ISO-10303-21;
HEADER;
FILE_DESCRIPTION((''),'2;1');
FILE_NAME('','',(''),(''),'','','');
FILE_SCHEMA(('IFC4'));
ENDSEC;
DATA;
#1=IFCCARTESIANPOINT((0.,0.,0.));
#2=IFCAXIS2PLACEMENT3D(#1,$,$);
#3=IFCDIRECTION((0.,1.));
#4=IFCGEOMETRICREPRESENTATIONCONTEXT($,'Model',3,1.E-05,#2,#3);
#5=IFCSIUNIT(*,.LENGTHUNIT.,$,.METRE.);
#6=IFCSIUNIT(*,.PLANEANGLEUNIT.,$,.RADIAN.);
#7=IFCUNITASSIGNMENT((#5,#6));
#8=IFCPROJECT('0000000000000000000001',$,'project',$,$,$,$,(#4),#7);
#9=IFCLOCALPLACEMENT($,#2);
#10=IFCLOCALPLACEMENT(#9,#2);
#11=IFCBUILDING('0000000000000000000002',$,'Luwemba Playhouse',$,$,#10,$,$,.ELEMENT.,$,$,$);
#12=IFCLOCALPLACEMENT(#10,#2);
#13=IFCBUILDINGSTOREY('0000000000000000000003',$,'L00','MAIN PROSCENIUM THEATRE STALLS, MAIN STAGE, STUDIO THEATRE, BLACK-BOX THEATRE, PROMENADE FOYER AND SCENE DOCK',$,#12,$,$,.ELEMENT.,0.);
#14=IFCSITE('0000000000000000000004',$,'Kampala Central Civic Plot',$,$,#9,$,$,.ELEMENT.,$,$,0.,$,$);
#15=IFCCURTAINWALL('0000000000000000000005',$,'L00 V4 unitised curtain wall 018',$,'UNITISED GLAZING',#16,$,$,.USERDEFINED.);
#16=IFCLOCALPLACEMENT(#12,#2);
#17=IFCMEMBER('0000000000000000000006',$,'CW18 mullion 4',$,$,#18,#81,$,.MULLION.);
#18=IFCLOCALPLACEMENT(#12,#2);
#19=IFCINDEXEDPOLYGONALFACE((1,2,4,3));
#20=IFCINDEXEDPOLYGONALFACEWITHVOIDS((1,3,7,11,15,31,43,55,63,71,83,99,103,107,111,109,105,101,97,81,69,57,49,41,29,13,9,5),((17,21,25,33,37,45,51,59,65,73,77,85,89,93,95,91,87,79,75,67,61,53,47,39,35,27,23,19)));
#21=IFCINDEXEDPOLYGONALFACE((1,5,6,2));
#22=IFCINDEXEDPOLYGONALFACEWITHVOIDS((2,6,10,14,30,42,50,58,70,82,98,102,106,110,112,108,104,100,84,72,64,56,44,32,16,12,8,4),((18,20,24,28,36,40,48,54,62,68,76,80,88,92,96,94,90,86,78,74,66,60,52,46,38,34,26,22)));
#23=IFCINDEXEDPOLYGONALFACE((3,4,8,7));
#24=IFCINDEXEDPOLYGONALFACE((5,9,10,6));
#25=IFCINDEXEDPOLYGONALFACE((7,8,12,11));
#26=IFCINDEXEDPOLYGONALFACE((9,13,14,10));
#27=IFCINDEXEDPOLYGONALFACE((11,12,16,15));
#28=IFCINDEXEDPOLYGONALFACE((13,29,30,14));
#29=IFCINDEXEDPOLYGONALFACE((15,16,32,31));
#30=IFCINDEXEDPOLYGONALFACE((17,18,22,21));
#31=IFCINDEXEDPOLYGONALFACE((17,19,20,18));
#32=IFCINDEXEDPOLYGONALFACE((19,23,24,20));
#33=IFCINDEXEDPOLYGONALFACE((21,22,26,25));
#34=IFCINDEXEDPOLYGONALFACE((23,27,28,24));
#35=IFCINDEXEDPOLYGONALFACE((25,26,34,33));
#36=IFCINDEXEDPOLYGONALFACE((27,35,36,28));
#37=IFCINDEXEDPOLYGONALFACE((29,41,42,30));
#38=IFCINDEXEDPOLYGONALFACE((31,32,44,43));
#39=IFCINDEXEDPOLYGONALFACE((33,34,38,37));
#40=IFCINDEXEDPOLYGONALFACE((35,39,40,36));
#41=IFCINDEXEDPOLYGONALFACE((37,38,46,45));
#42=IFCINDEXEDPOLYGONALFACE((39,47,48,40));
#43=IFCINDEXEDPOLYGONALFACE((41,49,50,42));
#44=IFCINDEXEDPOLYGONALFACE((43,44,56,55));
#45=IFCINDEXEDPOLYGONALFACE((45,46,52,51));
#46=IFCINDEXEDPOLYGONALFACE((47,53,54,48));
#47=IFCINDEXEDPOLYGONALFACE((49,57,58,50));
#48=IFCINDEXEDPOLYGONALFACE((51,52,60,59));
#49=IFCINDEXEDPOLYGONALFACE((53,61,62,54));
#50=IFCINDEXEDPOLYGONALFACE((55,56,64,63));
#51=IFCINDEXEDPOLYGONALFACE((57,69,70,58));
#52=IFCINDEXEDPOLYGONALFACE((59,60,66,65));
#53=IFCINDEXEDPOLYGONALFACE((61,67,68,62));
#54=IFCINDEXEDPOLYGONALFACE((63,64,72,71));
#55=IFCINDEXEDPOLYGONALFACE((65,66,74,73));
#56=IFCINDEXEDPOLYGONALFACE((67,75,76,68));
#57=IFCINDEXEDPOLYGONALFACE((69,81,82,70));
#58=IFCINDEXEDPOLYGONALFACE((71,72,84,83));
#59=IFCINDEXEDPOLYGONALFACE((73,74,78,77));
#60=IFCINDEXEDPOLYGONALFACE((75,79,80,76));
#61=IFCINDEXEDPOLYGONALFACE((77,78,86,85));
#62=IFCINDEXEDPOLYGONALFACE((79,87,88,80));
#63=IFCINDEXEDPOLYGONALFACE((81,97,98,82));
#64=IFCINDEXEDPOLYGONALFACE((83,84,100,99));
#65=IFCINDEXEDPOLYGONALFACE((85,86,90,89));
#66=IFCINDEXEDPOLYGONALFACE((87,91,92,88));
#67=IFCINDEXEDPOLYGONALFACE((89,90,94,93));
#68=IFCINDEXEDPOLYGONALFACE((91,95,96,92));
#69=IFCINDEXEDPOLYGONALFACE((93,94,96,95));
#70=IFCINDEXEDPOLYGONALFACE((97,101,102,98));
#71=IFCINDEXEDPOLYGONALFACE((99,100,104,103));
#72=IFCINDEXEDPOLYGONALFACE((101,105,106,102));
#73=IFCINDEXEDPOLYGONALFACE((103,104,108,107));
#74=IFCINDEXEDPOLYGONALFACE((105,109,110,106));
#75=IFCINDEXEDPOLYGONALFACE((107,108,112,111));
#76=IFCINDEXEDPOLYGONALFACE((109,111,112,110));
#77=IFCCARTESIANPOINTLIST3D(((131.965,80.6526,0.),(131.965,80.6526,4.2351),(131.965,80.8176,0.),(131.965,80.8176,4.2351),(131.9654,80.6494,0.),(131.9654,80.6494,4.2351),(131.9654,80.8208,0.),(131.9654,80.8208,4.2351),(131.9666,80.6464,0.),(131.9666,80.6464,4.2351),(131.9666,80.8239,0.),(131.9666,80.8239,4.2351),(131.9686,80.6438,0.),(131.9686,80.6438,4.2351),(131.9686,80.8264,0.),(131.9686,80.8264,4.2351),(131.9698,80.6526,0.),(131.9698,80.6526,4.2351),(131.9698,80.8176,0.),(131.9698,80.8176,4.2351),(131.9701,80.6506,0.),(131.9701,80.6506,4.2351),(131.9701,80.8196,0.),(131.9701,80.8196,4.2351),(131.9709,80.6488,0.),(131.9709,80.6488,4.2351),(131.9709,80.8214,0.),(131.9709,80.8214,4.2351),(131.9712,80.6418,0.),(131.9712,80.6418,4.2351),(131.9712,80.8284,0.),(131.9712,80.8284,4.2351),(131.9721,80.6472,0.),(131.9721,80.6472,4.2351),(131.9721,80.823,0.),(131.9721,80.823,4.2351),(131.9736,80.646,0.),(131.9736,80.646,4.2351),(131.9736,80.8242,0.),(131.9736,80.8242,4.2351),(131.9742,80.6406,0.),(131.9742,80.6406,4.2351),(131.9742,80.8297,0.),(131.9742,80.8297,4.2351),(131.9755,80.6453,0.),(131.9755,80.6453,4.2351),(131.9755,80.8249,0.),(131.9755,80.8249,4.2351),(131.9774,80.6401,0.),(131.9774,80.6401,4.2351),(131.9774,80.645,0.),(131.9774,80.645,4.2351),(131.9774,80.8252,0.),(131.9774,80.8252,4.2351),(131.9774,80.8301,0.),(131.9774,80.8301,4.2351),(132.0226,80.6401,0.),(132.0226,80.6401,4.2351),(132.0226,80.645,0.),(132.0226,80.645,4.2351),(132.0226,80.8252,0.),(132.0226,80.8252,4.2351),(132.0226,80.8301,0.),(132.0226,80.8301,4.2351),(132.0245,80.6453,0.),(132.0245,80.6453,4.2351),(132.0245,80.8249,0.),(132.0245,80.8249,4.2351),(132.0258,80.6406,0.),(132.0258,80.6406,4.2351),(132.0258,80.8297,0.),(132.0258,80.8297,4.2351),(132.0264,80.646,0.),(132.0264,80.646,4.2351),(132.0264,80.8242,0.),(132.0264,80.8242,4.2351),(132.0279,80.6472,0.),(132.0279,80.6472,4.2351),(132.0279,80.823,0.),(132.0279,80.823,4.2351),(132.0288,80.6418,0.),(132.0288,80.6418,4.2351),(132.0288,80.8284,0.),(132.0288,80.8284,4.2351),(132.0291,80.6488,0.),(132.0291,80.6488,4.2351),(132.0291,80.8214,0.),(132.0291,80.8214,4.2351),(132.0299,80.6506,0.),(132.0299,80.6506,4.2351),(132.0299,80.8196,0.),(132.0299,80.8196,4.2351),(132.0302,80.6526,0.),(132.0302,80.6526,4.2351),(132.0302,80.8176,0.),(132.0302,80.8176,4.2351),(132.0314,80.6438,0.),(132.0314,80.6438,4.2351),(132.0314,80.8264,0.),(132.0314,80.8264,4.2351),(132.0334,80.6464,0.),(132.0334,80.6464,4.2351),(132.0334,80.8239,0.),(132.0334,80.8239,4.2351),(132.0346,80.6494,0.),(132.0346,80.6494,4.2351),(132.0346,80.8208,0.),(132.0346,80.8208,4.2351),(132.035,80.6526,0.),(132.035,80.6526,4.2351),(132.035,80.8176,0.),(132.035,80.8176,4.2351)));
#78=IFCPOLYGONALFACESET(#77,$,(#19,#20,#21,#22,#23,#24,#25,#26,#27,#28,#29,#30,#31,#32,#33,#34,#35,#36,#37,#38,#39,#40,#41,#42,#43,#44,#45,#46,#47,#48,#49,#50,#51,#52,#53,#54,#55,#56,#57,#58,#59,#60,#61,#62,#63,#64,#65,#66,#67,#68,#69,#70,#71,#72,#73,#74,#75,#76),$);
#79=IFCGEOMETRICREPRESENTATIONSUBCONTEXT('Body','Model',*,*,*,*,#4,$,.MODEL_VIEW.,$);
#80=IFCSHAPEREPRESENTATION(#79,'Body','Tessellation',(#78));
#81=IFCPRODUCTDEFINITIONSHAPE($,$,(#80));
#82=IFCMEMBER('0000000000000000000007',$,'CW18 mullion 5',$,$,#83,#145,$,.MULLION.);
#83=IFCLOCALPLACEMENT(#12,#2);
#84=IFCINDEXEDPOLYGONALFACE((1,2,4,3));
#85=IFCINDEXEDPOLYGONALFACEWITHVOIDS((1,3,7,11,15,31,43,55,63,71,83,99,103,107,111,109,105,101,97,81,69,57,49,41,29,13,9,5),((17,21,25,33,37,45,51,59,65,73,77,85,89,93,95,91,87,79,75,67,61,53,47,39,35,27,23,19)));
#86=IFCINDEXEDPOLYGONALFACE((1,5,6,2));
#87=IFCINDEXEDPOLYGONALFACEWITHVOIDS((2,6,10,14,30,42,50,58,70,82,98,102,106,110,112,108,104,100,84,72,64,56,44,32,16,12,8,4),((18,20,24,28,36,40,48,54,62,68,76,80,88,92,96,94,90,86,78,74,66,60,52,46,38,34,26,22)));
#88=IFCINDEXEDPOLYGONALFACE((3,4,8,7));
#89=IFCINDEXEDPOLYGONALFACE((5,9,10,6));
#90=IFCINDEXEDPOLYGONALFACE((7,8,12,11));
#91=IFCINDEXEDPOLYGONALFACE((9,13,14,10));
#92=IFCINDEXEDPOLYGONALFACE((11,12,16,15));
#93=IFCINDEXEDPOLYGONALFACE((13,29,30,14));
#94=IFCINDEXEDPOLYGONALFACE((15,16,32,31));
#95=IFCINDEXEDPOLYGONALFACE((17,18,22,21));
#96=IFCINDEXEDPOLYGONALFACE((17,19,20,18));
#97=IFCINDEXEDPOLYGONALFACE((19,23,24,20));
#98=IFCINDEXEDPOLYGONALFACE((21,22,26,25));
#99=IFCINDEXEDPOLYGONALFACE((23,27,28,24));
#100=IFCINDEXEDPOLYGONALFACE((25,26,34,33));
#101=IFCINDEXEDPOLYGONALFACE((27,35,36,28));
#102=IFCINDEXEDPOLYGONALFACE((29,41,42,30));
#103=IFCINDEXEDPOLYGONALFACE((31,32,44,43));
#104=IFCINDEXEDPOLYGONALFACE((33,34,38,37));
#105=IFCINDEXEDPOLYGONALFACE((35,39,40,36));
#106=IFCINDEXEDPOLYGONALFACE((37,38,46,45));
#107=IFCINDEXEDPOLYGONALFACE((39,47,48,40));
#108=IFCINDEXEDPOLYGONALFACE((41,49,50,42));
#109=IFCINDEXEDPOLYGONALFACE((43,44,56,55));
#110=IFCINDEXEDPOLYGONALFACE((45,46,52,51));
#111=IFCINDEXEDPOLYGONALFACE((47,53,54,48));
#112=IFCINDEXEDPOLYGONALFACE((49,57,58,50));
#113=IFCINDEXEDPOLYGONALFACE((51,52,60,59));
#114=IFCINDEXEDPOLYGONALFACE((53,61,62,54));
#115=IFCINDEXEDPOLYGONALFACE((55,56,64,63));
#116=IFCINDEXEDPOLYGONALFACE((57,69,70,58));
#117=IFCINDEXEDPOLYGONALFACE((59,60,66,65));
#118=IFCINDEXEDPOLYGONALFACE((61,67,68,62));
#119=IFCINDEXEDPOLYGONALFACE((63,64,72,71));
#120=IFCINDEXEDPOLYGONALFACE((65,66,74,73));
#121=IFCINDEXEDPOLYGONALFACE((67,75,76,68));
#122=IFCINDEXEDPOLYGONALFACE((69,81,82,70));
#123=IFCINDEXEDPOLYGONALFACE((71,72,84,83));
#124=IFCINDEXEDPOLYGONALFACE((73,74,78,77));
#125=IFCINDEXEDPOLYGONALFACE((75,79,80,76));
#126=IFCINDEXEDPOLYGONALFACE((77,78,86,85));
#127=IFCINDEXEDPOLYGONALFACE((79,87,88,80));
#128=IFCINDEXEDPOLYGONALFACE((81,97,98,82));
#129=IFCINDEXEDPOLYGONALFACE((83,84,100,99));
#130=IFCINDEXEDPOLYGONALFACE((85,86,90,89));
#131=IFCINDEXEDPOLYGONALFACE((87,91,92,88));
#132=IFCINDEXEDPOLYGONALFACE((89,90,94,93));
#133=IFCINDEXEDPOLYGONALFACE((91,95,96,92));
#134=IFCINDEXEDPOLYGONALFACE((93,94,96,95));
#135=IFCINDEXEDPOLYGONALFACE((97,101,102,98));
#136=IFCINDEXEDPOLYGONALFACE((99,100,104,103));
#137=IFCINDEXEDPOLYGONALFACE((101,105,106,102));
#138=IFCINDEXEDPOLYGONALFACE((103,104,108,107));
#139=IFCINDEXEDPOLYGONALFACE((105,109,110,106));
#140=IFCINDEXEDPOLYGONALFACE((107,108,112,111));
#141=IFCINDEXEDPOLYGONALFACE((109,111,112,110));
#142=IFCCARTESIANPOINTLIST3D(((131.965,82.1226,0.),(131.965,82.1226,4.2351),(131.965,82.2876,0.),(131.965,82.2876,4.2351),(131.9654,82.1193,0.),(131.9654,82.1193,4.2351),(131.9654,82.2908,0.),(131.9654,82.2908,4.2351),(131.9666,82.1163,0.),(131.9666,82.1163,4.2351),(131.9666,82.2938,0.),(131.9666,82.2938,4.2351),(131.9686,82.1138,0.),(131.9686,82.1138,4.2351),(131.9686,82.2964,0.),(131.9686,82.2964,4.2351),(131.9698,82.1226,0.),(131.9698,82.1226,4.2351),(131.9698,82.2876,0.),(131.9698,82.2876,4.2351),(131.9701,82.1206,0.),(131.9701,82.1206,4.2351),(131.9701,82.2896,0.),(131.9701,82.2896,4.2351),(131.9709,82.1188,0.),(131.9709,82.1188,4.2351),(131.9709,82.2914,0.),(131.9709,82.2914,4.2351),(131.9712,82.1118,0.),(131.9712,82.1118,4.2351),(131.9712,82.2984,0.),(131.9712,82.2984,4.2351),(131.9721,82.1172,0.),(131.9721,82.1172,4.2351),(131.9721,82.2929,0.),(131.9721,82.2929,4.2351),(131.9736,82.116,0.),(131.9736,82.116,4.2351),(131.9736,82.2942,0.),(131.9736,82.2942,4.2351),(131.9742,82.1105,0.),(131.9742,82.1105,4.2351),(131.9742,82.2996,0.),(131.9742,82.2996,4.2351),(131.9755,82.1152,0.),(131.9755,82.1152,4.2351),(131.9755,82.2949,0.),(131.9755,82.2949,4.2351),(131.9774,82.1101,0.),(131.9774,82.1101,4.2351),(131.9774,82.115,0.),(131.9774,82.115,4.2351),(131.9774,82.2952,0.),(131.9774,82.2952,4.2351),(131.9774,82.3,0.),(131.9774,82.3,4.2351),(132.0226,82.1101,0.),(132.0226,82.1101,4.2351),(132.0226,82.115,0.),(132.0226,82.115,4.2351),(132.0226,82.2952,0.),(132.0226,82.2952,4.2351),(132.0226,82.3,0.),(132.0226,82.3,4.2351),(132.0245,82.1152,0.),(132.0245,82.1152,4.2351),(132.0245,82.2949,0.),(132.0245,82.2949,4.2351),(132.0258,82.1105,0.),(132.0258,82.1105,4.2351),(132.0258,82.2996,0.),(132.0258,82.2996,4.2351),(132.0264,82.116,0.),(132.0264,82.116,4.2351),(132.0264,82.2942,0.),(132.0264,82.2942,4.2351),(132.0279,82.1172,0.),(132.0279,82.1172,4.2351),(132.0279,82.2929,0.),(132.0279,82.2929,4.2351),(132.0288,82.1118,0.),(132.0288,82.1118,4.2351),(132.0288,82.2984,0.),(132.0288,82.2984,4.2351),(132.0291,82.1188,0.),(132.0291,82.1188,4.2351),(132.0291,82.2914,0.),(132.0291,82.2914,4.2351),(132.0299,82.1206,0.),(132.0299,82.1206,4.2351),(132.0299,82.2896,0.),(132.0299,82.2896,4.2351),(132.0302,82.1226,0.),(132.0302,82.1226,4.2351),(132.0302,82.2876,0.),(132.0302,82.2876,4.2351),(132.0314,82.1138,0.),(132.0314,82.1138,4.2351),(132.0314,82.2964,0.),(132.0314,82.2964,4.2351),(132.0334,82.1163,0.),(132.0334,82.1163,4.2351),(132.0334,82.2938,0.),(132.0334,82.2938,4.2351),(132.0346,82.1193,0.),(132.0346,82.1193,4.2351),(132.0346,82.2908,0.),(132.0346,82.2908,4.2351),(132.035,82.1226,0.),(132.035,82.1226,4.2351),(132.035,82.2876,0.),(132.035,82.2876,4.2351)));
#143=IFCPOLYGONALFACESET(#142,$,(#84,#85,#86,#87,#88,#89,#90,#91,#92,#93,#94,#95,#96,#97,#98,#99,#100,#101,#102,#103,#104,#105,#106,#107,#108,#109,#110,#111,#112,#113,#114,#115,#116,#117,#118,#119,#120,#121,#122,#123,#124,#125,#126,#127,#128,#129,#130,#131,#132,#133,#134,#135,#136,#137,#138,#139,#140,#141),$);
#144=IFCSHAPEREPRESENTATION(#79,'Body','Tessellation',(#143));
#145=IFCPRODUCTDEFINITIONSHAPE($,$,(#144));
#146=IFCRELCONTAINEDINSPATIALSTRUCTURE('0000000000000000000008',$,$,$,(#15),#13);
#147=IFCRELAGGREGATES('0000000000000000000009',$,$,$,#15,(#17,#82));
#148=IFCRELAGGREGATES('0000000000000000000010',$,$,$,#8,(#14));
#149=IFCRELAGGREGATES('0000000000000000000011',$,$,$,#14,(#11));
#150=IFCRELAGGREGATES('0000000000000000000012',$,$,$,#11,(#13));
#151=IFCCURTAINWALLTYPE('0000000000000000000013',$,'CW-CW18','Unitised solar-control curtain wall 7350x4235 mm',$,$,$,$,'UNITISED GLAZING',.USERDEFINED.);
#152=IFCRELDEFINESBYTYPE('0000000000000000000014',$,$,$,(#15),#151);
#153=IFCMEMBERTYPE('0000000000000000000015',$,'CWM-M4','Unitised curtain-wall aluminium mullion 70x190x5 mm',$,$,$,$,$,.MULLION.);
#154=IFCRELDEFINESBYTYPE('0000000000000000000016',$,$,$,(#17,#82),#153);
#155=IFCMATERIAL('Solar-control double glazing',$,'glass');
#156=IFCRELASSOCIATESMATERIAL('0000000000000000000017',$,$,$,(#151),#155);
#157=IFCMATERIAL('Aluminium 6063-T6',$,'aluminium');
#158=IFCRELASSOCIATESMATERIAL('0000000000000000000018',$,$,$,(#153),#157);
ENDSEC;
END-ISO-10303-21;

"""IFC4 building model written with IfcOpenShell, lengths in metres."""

from ifc_helpers import new_model, si_unit, direction, frame, origin, origin_2d, place, context, subcontext, project, spatial, hollow_rectangle, extrude, material, material_profile, profile_set, type_object, element, aggregate, save


model = new_model("IFC4")

# Units and contexts
model_context = context("Model", 3, precision=1e-05, world=origin(), true_north=direction((0.0, 1.0)))
body_context = subcontext(model_context, "Body", "Model", "MODEL_VIEW")
ifc_project = project(units=[si_unit("LENGTHUNIT", "METRE"), si_unit("PLANEANGLEUNIT", "RADIAN")], contexts=[model_context])

# Site, building, storey
site_placement = place(None, origin())
site = spatial("IfcSite", under=ifc_project, at=site_placement, Name="Kampala Central Civic Plot", CompositionType="ELEMENT", RefElevation=0.0)
building_placement = place(site_placement, origin())
building = spatial("IfcBuilding", under=site, at=building_placement, Name="Luwemba Playhouse", CompositionType="ELEMENT")
storey_placement = place(building_placement, origin())
storey = spatial("IfcBuildingStorey", under=building, at=storey_placement, Name="L00", Description="MAIN PROSCENIUM THEATRE STALLS, MAIN STAGE, STUDIO THEATRE, BLACK-BOX THEATRE, PROMENADE FOYER AND SCENE DOCK", CompositionType="ELEMENT", Elevation=0.0)

# Curtain wall, members
ifc_material_1 = material(Name="Solar-control double glazing", Category="glass")
curtain_wall_type = type_object("IfcCurtainWallType", Name="CW-CW18", Description="Unitised solar-control curtain wall 7350x4235 mm", ElementType="UNITISED GLAZING", PredefinedType="USERDEFINED", material=ifc_material_1)
curtain_wall_placement = place(storey_placement, origin())
curtain_wall = element("IfcCurtainWall", 1, at=curtain_wall_placement, inside=storey, type_object=curtain_wall_type, Name="L00 V4 unitised curtain wall 018", ObjectType="UNITISED GLAZING", PredefinedType="USERDEFINED")
ifc_material_2 = material(Name="Aluminium 6063-T6", Category="aluminium")
ifc_material_profile_1 = material_profile(ifc_material_2, hollow_rectangle(XDim=0.0701, YDim=0.1899, WallThickness=0.0049, InnerFilletRadius=0.0076, OuterFilletRadius=0.0125, at=origin_2d()))
ifc_profile_set_1 = profile_set([ifc_material_profile_1], Name="Aluminium 6063-T6")
member_type_1 = type_object("IfcMemberType", Name="CWM-M4", Description="Unitised curtain-wall aluminium mullion 70x190x5 mm", PredefinedType="MULLION", material=ifc_profile_set_1)
member_1_placement = place(storey_placement, frame((132.0, 80.7351, 0.0), z_axis=(0.0, 0.0, 1.0), x_axis=(-1.0, 0.0, 0.0)))
member_1 = element("IfcMember", 2, at=member_1_placement, type_object=member_type_1, Name="CW18 mullion 4", PredefinedType="MULLION", context=body_context, shape_type="SweptSolid", body=[
    extrude(hollow_rectangle(XDim=0.0701, YDim=0.1899, WallThickness=0.0049, InnerFilletRadius=0.0076, OuterFilletRadius=0.0125, at=origin_2d()), origin(), (0.0, 0.0, 1.0), 4.2351),
])
member_2_placement = place(storey_placement, frame((132.0, 82.2051, 0.0), z_axis=(0.0, 0.0, 1.0), x_axis=(-1.0, 0.0, 0.0)))
member_2 = element("IfcMember", 3, at=member_2_placement, type_object=member_type_1, Name="CW18 mullion 5", PredefinedType="MULLION", context=body_context, shape_type="SweptSolid", body=[
    extrude(hollow_rectangle(XDim=0.0701, YDim=0.1899, WallThickness=0.0049, InnerFilletRadius=0.0076, OuterFilletRadius=0.0125, at=origin_2d()), origin(), (0.0, 0.0, 1.0), 4.2351),
])
aggregate(curtain_wall, [member_1, member_2])

save(model, "model.ifc")
